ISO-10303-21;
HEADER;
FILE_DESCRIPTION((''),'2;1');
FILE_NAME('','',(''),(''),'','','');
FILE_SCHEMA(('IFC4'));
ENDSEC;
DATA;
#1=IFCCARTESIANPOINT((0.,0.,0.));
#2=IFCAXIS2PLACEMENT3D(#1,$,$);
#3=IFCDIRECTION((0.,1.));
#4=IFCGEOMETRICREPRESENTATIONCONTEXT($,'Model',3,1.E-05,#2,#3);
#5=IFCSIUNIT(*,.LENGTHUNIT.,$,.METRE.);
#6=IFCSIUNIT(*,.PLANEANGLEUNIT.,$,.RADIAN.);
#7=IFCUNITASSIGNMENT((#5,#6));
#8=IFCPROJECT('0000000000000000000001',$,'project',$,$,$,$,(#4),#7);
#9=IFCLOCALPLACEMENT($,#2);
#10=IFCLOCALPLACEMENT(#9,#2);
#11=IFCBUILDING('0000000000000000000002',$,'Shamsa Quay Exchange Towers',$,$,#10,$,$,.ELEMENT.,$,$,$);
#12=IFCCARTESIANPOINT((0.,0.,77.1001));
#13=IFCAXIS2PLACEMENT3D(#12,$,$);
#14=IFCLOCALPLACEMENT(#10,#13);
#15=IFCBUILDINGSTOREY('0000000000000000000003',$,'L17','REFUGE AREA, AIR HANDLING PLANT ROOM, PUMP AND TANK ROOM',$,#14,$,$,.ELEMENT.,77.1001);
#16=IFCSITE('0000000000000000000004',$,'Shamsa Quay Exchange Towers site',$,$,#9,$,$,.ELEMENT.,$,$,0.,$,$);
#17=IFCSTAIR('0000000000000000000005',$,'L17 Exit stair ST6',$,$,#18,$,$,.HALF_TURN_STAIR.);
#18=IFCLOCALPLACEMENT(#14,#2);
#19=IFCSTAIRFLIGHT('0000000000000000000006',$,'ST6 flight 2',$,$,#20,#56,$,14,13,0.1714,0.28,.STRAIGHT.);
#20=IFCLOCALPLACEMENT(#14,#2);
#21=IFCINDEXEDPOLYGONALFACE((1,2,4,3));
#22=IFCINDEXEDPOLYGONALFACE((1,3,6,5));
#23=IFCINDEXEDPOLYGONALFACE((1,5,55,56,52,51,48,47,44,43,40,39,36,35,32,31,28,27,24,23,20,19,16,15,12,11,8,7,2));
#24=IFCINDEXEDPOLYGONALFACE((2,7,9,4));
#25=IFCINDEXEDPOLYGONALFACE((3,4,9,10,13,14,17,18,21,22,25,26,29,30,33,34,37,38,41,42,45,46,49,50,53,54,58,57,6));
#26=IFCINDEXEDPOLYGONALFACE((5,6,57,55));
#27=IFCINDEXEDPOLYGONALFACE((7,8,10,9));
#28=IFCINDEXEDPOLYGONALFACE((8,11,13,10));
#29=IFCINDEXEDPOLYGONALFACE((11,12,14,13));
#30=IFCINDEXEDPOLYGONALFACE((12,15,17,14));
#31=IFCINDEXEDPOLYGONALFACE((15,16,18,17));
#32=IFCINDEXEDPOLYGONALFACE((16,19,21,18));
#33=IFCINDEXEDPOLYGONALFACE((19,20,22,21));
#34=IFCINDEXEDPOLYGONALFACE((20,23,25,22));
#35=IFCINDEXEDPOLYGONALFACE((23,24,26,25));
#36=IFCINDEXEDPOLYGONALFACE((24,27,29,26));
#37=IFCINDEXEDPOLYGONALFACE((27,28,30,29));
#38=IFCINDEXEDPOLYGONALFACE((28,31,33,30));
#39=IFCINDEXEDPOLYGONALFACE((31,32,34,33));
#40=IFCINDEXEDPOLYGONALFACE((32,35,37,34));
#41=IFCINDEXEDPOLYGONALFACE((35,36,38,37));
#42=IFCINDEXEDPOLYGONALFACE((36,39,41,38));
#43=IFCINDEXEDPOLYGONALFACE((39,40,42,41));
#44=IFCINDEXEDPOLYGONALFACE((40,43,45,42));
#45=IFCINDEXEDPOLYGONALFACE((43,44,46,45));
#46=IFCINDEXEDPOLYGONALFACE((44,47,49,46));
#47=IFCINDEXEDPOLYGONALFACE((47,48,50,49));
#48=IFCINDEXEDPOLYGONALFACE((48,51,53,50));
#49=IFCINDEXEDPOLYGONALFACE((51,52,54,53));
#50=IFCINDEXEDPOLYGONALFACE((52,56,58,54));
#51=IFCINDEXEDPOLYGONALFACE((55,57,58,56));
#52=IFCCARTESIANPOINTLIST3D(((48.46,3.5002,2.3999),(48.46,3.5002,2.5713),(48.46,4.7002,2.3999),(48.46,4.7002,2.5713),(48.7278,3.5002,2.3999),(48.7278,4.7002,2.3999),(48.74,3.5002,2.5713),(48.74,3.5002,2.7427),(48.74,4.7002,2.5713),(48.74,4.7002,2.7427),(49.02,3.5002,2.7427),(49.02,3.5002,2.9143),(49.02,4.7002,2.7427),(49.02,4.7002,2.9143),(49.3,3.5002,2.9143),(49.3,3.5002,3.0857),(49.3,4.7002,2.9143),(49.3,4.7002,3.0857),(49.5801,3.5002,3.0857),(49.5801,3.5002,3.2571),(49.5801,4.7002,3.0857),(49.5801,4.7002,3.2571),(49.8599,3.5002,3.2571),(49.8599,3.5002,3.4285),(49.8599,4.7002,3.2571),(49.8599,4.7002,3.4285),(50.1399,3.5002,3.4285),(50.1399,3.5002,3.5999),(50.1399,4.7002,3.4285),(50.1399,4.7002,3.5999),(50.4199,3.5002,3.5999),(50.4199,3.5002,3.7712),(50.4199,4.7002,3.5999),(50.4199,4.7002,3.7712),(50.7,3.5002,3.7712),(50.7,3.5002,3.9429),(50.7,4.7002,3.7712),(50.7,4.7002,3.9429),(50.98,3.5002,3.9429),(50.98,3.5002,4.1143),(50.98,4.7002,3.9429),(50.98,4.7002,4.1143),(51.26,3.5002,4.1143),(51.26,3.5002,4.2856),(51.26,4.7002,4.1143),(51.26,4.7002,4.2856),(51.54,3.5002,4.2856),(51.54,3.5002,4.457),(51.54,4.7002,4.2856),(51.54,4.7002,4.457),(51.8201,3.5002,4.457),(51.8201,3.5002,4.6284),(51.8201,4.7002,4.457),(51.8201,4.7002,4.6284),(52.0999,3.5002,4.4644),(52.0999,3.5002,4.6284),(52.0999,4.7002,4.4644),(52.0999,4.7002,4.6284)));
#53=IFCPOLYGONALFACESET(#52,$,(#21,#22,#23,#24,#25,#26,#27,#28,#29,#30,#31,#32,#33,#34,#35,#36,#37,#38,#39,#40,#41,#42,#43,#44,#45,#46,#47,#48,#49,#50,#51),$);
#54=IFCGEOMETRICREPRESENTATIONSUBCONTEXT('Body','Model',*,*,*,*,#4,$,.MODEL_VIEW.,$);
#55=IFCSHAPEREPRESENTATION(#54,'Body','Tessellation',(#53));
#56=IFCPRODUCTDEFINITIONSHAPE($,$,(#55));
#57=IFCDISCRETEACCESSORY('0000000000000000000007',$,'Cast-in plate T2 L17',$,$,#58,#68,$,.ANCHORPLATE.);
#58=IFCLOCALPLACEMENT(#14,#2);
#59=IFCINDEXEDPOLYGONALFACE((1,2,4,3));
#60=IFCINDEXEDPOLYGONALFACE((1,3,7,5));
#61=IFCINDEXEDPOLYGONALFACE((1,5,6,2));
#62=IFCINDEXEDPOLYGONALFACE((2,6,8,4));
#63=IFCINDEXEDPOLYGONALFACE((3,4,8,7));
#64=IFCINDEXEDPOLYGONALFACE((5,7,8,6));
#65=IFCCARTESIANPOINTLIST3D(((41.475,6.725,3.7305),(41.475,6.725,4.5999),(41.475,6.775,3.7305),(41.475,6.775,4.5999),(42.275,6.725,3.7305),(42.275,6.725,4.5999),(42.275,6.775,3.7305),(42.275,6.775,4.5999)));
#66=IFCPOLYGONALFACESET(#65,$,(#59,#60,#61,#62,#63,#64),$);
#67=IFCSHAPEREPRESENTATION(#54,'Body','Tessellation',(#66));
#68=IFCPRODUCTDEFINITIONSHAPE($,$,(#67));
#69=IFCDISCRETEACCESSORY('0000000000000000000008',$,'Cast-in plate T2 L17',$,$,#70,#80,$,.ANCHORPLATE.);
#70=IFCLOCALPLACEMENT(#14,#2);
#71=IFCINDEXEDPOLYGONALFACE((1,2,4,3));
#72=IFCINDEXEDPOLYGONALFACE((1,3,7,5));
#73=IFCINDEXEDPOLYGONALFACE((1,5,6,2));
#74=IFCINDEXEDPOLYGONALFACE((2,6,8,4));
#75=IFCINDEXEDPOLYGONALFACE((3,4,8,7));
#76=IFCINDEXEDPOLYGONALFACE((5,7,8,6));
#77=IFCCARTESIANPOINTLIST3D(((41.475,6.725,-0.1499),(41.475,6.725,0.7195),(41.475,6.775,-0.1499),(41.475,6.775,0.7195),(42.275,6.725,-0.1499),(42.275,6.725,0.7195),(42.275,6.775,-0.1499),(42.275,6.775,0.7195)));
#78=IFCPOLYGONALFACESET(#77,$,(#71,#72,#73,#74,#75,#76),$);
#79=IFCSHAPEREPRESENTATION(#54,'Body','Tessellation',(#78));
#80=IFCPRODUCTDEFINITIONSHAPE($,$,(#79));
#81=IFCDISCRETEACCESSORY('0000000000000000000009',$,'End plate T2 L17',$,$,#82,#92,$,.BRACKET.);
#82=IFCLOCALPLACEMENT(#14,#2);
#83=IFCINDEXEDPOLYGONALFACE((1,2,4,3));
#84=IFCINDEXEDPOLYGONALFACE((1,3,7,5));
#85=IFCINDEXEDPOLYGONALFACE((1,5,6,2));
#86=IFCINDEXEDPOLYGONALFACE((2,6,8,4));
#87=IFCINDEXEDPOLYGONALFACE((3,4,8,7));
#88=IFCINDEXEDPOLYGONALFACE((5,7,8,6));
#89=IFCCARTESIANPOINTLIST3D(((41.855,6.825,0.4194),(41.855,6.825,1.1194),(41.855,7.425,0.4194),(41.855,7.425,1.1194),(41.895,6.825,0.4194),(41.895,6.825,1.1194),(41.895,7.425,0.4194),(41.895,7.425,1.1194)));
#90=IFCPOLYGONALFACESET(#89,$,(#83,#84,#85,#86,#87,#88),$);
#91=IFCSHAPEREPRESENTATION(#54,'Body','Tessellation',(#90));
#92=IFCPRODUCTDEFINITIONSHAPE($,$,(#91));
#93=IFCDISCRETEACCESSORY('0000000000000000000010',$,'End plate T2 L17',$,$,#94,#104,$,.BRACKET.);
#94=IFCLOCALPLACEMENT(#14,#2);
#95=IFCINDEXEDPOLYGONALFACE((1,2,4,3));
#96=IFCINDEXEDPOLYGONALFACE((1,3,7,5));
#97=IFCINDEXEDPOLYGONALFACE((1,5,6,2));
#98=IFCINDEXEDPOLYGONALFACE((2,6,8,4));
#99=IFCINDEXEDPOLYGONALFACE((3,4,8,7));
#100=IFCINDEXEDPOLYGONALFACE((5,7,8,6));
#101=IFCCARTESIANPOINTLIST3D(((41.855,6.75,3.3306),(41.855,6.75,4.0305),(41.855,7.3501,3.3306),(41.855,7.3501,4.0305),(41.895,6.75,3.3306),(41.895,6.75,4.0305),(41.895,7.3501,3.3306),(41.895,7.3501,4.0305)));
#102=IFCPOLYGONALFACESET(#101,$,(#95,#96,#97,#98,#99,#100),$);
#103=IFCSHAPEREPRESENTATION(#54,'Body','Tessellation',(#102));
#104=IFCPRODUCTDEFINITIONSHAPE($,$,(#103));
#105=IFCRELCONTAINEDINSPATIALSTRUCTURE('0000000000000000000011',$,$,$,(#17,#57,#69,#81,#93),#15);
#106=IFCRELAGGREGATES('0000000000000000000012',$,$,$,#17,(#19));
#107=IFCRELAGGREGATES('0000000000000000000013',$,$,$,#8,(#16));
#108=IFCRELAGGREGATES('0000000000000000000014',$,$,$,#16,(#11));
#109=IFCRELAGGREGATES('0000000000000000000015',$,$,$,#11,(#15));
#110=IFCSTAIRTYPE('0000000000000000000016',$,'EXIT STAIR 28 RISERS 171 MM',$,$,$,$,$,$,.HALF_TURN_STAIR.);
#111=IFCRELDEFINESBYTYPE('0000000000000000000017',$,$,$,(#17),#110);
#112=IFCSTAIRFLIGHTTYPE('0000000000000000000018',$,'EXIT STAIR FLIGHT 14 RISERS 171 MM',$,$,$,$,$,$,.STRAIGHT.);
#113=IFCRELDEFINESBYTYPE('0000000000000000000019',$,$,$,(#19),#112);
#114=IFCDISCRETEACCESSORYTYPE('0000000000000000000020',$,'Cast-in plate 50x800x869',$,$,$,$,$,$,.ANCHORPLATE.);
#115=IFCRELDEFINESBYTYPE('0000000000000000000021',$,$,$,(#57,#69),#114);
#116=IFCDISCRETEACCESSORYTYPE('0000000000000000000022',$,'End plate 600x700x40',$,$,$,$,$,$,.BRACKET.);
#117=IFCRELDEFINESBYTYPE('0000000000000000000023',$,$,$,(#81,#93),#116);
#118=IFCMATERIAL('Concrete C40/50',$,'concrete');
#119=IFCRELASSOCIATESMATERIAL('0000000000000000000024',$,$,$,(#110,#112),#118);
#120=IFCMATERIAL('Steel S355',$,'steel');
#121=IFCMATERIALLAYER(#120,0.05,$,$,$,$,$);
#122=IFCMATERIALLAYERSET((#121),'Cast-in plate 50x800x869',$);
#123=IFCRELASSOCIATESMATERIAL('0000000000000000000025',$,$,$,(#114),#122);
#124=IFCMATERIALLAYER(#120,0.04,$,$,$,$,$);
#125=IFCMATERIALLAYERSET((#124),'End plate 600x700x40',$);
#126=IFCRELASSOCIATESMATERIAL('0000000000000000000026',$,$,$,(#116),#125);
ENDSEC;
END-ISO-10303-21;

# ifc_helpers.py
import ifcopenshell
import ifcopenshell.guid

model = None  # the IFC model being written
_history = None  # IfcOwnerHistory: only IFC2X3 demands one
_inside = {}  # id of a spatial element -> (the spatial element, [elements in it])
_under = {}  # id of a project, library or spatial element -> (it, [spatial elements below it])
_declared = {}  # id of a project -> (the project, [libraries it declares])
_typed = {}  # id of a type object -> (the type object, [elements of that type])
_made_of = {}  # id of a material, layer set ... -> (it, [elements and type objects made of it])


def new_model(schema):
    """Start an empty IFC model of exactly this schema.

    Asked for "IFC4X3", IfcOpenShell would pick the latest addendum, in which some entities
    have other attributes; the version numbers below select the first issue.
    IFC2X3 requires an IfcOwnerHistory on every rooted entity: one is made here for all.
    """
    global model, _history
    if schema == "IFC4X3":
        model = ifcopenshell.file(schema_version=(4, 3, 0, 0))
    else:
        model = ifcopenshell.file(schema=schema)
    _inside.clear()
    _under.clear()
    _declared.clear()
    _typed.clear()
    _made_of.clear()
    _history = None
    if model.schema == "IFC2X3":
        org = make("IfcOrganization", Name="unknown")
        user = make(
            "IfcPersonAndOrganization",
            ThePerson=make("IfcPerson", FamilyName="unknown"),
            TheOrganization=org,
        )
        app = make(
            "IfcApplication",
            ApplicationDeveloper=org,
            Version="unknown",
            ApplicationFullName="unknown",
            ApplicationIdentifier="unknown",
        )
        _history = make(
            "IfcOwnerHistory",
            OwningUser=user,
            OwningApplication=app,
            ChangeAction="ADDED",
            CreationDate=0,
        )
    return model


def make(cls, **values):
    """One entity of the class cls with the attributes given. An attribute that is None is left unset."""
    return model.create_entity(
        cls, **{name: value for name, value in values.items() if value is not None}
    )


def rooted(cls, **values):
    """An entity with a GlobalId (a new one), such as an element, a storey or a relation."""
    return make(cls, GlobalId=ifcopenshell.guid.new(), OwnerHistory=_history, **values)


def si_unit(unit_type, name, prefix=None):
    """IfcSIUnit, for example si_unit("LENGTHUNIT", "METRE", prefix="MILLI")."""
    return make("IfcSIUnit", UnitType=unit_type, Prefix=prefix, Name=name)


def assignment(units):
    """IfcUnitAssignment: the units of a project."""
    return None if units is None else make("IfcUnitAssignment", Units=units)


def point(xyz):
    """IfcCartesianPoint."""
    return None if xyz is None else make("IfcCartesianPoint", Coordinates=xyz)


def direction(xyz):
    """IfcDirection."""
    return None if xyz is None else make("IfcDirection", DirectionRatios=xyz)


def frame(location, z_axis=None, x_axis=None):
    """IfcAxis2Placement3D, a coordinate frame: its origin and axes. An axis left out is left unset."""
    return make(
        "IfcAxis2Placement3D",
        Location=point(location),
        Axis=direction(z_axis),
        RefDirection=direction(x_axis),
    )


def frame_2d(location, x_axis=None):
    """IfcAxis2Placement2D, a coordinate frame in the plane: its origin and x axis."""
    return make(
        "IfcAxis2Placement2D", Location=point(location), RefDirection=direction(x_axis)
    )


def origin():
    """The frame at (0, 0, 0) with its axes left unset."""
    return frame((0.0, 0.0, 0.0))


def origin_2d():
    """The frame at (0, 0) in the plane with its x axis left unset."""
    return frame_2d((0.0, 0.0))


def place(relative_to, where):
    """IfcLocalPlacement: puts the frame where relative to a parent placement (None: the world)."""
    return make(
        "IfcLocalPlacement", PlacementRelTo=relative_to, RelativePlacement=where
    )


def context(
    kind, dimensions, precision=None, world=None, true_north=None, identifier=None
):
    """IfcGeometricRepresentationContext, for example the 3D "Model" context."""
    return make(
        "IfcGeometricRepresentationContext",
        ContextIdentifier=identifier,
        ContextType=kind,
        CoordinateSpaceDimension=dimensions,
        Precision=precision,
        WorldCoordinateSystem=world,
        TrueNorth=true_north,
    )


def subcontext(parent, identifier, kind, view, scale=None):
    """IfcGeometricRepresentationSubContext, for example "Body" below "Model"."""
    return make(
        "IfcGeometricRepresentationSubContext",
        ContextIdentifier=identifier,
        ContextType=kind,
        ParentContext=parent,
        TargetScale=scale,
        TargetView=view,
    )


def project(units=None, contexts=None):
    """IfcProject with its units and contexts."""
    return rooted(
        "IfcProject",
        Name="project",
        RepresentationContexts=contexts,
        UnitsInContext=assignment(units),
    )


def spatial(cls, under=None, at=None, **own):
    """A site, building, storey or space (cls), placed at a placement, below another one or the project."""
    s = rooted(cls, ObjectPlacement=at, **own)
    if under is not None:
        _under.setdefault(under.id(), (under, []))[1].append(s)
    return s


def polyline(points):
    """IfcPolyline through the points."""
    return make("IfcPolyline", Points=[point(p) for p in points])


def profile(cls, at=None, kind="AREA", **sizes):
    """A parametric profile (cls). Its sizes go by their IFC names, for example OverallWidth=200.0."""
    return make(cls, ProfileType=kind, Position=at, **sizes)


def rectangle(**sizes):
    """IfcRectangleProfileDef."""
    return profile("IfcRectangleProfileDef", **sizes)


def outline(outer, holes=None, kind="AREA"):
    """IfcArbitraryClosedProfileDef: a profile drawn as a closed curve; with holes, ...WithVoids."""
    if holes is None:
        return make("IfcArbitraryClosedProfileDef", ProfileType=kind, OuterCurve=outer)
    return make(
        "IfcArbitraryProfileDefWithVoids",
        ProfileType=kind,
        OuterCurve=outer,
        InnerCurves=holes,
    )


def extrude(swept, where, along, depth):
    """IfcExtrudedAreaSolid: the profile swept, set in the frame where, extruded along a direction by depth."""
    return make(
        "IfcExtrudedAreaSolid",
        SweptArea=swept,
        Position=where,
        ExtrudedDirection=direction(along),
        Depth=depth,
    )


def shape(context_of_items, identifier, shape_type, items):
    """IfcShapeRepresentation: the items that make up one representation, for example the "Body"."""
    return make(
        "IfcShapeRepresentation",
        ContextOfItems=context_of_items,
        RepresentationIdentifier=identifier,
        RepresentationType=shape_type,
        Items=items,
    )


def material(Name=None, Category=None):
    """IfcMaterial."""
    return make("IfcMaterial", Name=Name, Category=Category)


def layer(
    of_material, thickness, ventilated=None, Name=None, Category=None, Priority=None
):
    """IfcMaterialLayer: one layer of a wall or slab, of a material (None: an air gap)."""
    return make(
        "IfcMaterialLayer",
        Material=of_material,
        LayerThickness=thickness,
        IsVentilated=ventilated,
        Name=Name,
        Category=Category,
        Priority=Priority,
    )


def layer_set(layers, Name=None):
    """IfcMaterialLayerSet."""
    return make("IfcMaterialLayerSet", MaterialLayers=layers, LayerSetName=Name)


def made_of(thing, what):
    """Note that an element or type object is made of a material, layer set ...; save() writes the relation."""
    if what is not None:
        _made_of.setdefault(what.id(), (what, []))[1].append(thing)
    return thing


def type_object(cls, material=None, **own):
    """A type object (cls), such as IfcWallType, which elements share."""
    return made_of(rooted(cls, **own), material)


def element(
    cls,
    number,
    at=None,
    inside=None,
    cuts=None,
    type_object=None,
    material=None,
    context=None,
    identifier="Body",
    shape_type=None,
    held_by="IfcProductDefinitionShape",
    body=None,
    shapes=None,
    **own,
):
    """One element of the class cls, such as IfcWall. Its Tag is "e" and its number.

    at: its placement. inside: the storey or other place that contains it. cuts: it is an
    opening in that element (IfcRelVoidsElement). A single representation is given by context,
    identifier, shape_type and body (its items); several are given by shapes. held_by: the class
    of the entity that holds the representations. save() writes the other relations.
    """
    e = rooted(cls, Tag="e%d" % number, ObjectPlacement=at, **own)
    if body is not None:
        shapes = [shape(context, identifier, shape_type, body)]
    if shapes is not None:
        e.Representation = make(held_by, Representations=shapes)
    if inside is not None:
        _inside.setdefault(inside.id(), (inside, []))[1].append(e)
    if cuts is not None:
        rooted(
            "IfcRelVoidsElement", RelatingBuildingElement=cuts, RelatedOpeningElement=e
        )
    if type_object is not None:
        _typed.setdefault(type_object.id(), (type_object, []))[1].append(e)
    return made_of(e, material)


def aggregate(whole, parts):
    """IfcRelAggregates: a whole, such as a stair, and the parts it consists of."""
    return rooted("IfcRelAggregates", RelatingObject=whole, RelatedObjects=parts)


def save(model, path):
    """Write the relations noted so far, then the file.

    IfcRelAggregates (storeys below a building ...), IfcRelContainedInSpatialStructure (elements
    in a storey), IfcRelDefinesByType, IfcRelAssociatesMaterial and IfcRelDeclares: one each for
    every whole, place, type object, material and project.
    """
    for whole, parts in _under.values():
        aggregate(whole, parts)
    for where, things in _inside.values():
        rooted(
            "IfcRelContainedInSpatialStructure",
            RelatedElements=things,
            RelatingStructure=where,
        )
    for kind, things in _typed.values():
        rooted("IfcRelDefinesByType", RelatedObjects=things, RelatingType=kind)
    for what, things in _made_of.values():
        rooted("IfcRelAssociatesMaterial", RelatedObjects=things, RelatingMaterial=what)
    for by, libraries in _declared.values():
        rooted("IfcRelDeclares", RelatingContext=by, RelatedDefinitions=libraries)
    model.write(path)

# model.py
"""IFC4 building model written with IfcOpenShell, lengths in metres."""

from ifc_helpers import new_model, si_unit, direction, frame, origin, origin_2d, place, context, subcontext, project, spatial, polyline, rectangle, outline, extrude, material, layer, layer_set, type_object, element, aggregate, save


model = new_model("IFC4")

# Units and contexts
model_context = context("Model", 3, precision=1e-05, world=origin(), true_north=direction((0.0, 1.0)))
body_context = subcontext(model_context, "Body", "Model", "MODEL_VIEW")
ifc_project = project(units=[si_unit("LENGTHUNIT", "METRE"), si_unit("PLANEANGLEUNIT", "RADIAN")], contexts=[model_context])

# Site, building, storey
site_placement = place(None, origin())
site = spatial("IfcSite", under=ifc_project, at=site_placement, Name="Shamsa Quay Exchange Towers site", CompositionType="ELEMENT", RefElevation=0.0)
building_placement = place(site_placement, origin())
building = spatial("IfcBuilding", under=site, at=building_placement, Name="Shamsa Quay Exchange Towers", CompositionType="ELEMENT")
storey_placement = place(building_placement, frame((0.0, 0.0, 77.1001)))
storey = spatial("IfcBuildingStorey", under=building, at=storey_placement, Name="L17", Description="REFUGE AREA, AIR HANDLING PLANT ROOM, PUMP AND TANK ROOM", CompositionType="ELEMENT", Elevation=77.1001)

# Shared definitions
ifc_material_1 = material(Name="Steel S355", Category="steel")

# Stair, stair flight
ifc_material_2 = material(Name="Concrete C40/50", Category="concrete")
stair_type = type_object("IfcStairType", Name="EXIT STAIR 28 RISERS 171 MM", PredefinedType="HALF_TURN_STAIR", material=ifc_material_2)
stair_placement = place(storey_placement, origin())
stair = element("IfcStair", 1, at=stair_placement, inside=storey, type_object=stair_type, Name="L17 Exit stair ST6", PredefinedType="HALF_TURN_STAIR")
stair_flight_type = type_object("IfcStairFlightType", Name="EXIT STAIR FLIGHT 14 RISERS 171 MM", PredefinedType="STRAIGHT", material=ifc_material_2)
stair_flight_1_placement = place(storey_placement, frame((48.46, 4.1001, 2.3999)))
stair_flight_1 = element("IfcStairFlight", 2, at=stair_flight_1_placement, type_object=stair_flight_type, Name="ST6 flight 2", NumberOfRisers=14, NumberOfTreads=13, PredefinedType="STRAIGHT", RiserHeight=0.1714, TreadLength=0.28, context=body_context, shape_type="SweptSolid", body=[
    extrude(outline(polyline([(0.0, 0.0), (0.0, 0.1714), (0.28, 0.1714), (0.28, 0.3428), (0.5601, 0.3428), (0.5601, 0.5144), (0.8401, 0.5144), (0.8401, 0.6858), (1.1201, 0.6858), (1.1201, 0.8572), (1.3999, 0.8572), (1.3999, 1.0286), (1.6799, 1.0286), (1.6799, 1.2), (1.96, 1.2), (1.96, 1.3713), (2.24, 1.3713), (2.24, 1.543), (2.52, 1.543), (2.52, 1.7144), (2.8, 1.7144), (2.8, 1.8857), (3.0801, 1.8857), (3.0801, 2.0571), (3.3601, 2.0571), (3.3601, 2.2285), (3.6399, 2.2285), (3.6399, 2.3999), (3.6399, 2.0645), (0.2678, 0.0), (0.0, 0.0)])), frame((0.0, 0.6001, 0.0), z_axis=(0.0, -1.0, 0.0), x_axis=(1.0, 0.0, 0.0)), (0.0, 0.0, 1.0), 1.2),
])
aggregate(stair, [stair_flight_1])

# Discrete accessories
ifc_layer_1 = layer(ifc_material_1, 0.05)
ifc_layer_set_1 = layer_set([ifc_layer_1], Name="Cast-in plate 50x800x869")
discrete_accessory_type_1 = type_object("IfcDiscreteAccessoryType", Name="Cast-in plate 50x800x869", PredefinedType="ANCHORPLATE", material=ifc_layer_set_1)
for number, where, z_axis, x_axis, name in (
    (3, (41.875, 6.75, 3.7305), (0.0, 0.0, 1.0), (0.0, -1.0, 0.0), "Cast-in plate T2 L17"),
    (4, (41.875, 6.75, -0.1499), (0.0, 0.0, 1.0), (0.0, -1.0, 0.0), "Cast-in plate T2 L17"),
):
    element("IfcDiscreteAccessory", number, at=place(storey_placement, frame(where, z_axis=z_axis, x_axis=x_axis)), inside=storey, type_object=discrete_accessory_type_1, Name=name, PredefinedType="ANCHORPLATE", context=body_context, shape_type="SweptSolid", body=[
        extrude(rectangle(XDim=0.05, YDim=0.8, at=origin_2d()), origin(), (0.0, 0.0, 1.0), 0.8694),
    ])
ifc_layer_2 = layer(ifc_material_1, 0.04)
ifc_layer_set_2 = layer_set([ifc_layer_2], Name="End plate 600x700x40")
discrete_accessory_type_2 = type_object("IfcDiscreteAccessoryType", Name="End plate 600x700x40", PredefinedType="BRACKET", material=ifc_layer_set_2)
for number, where, z_axis, x_axis, name in (
    (5, (41.875, 7.125, 0.4194), (0.0, 0.0, 1.0), (0.0, -1.0, 0.0), "End plate T2 L17"),
    (6, (41.875, 7.05, 3.3306), (0.0, 0.0, 1.0), (0.0, -1.0, 0.0), "End plate T2 L17"),
):
    element("IfcDiscreteAccessory", number, at=place(storey_placement, frame(where, z_axis=z_axis, x_axis=x_axis)), inside=storey, type_object=discrete_accessory_type_2, Name=name, PredefinedType="BRACKET", context=body_context, shape_type="SweptSolid", body=[
        extrude(rectangle(XDim=0.6001, YDim=0.04, at=origin_2d()), origin(), (0.0, 0.0, 1.0), 0.7),
    ])

save(model, "model.ifc")
